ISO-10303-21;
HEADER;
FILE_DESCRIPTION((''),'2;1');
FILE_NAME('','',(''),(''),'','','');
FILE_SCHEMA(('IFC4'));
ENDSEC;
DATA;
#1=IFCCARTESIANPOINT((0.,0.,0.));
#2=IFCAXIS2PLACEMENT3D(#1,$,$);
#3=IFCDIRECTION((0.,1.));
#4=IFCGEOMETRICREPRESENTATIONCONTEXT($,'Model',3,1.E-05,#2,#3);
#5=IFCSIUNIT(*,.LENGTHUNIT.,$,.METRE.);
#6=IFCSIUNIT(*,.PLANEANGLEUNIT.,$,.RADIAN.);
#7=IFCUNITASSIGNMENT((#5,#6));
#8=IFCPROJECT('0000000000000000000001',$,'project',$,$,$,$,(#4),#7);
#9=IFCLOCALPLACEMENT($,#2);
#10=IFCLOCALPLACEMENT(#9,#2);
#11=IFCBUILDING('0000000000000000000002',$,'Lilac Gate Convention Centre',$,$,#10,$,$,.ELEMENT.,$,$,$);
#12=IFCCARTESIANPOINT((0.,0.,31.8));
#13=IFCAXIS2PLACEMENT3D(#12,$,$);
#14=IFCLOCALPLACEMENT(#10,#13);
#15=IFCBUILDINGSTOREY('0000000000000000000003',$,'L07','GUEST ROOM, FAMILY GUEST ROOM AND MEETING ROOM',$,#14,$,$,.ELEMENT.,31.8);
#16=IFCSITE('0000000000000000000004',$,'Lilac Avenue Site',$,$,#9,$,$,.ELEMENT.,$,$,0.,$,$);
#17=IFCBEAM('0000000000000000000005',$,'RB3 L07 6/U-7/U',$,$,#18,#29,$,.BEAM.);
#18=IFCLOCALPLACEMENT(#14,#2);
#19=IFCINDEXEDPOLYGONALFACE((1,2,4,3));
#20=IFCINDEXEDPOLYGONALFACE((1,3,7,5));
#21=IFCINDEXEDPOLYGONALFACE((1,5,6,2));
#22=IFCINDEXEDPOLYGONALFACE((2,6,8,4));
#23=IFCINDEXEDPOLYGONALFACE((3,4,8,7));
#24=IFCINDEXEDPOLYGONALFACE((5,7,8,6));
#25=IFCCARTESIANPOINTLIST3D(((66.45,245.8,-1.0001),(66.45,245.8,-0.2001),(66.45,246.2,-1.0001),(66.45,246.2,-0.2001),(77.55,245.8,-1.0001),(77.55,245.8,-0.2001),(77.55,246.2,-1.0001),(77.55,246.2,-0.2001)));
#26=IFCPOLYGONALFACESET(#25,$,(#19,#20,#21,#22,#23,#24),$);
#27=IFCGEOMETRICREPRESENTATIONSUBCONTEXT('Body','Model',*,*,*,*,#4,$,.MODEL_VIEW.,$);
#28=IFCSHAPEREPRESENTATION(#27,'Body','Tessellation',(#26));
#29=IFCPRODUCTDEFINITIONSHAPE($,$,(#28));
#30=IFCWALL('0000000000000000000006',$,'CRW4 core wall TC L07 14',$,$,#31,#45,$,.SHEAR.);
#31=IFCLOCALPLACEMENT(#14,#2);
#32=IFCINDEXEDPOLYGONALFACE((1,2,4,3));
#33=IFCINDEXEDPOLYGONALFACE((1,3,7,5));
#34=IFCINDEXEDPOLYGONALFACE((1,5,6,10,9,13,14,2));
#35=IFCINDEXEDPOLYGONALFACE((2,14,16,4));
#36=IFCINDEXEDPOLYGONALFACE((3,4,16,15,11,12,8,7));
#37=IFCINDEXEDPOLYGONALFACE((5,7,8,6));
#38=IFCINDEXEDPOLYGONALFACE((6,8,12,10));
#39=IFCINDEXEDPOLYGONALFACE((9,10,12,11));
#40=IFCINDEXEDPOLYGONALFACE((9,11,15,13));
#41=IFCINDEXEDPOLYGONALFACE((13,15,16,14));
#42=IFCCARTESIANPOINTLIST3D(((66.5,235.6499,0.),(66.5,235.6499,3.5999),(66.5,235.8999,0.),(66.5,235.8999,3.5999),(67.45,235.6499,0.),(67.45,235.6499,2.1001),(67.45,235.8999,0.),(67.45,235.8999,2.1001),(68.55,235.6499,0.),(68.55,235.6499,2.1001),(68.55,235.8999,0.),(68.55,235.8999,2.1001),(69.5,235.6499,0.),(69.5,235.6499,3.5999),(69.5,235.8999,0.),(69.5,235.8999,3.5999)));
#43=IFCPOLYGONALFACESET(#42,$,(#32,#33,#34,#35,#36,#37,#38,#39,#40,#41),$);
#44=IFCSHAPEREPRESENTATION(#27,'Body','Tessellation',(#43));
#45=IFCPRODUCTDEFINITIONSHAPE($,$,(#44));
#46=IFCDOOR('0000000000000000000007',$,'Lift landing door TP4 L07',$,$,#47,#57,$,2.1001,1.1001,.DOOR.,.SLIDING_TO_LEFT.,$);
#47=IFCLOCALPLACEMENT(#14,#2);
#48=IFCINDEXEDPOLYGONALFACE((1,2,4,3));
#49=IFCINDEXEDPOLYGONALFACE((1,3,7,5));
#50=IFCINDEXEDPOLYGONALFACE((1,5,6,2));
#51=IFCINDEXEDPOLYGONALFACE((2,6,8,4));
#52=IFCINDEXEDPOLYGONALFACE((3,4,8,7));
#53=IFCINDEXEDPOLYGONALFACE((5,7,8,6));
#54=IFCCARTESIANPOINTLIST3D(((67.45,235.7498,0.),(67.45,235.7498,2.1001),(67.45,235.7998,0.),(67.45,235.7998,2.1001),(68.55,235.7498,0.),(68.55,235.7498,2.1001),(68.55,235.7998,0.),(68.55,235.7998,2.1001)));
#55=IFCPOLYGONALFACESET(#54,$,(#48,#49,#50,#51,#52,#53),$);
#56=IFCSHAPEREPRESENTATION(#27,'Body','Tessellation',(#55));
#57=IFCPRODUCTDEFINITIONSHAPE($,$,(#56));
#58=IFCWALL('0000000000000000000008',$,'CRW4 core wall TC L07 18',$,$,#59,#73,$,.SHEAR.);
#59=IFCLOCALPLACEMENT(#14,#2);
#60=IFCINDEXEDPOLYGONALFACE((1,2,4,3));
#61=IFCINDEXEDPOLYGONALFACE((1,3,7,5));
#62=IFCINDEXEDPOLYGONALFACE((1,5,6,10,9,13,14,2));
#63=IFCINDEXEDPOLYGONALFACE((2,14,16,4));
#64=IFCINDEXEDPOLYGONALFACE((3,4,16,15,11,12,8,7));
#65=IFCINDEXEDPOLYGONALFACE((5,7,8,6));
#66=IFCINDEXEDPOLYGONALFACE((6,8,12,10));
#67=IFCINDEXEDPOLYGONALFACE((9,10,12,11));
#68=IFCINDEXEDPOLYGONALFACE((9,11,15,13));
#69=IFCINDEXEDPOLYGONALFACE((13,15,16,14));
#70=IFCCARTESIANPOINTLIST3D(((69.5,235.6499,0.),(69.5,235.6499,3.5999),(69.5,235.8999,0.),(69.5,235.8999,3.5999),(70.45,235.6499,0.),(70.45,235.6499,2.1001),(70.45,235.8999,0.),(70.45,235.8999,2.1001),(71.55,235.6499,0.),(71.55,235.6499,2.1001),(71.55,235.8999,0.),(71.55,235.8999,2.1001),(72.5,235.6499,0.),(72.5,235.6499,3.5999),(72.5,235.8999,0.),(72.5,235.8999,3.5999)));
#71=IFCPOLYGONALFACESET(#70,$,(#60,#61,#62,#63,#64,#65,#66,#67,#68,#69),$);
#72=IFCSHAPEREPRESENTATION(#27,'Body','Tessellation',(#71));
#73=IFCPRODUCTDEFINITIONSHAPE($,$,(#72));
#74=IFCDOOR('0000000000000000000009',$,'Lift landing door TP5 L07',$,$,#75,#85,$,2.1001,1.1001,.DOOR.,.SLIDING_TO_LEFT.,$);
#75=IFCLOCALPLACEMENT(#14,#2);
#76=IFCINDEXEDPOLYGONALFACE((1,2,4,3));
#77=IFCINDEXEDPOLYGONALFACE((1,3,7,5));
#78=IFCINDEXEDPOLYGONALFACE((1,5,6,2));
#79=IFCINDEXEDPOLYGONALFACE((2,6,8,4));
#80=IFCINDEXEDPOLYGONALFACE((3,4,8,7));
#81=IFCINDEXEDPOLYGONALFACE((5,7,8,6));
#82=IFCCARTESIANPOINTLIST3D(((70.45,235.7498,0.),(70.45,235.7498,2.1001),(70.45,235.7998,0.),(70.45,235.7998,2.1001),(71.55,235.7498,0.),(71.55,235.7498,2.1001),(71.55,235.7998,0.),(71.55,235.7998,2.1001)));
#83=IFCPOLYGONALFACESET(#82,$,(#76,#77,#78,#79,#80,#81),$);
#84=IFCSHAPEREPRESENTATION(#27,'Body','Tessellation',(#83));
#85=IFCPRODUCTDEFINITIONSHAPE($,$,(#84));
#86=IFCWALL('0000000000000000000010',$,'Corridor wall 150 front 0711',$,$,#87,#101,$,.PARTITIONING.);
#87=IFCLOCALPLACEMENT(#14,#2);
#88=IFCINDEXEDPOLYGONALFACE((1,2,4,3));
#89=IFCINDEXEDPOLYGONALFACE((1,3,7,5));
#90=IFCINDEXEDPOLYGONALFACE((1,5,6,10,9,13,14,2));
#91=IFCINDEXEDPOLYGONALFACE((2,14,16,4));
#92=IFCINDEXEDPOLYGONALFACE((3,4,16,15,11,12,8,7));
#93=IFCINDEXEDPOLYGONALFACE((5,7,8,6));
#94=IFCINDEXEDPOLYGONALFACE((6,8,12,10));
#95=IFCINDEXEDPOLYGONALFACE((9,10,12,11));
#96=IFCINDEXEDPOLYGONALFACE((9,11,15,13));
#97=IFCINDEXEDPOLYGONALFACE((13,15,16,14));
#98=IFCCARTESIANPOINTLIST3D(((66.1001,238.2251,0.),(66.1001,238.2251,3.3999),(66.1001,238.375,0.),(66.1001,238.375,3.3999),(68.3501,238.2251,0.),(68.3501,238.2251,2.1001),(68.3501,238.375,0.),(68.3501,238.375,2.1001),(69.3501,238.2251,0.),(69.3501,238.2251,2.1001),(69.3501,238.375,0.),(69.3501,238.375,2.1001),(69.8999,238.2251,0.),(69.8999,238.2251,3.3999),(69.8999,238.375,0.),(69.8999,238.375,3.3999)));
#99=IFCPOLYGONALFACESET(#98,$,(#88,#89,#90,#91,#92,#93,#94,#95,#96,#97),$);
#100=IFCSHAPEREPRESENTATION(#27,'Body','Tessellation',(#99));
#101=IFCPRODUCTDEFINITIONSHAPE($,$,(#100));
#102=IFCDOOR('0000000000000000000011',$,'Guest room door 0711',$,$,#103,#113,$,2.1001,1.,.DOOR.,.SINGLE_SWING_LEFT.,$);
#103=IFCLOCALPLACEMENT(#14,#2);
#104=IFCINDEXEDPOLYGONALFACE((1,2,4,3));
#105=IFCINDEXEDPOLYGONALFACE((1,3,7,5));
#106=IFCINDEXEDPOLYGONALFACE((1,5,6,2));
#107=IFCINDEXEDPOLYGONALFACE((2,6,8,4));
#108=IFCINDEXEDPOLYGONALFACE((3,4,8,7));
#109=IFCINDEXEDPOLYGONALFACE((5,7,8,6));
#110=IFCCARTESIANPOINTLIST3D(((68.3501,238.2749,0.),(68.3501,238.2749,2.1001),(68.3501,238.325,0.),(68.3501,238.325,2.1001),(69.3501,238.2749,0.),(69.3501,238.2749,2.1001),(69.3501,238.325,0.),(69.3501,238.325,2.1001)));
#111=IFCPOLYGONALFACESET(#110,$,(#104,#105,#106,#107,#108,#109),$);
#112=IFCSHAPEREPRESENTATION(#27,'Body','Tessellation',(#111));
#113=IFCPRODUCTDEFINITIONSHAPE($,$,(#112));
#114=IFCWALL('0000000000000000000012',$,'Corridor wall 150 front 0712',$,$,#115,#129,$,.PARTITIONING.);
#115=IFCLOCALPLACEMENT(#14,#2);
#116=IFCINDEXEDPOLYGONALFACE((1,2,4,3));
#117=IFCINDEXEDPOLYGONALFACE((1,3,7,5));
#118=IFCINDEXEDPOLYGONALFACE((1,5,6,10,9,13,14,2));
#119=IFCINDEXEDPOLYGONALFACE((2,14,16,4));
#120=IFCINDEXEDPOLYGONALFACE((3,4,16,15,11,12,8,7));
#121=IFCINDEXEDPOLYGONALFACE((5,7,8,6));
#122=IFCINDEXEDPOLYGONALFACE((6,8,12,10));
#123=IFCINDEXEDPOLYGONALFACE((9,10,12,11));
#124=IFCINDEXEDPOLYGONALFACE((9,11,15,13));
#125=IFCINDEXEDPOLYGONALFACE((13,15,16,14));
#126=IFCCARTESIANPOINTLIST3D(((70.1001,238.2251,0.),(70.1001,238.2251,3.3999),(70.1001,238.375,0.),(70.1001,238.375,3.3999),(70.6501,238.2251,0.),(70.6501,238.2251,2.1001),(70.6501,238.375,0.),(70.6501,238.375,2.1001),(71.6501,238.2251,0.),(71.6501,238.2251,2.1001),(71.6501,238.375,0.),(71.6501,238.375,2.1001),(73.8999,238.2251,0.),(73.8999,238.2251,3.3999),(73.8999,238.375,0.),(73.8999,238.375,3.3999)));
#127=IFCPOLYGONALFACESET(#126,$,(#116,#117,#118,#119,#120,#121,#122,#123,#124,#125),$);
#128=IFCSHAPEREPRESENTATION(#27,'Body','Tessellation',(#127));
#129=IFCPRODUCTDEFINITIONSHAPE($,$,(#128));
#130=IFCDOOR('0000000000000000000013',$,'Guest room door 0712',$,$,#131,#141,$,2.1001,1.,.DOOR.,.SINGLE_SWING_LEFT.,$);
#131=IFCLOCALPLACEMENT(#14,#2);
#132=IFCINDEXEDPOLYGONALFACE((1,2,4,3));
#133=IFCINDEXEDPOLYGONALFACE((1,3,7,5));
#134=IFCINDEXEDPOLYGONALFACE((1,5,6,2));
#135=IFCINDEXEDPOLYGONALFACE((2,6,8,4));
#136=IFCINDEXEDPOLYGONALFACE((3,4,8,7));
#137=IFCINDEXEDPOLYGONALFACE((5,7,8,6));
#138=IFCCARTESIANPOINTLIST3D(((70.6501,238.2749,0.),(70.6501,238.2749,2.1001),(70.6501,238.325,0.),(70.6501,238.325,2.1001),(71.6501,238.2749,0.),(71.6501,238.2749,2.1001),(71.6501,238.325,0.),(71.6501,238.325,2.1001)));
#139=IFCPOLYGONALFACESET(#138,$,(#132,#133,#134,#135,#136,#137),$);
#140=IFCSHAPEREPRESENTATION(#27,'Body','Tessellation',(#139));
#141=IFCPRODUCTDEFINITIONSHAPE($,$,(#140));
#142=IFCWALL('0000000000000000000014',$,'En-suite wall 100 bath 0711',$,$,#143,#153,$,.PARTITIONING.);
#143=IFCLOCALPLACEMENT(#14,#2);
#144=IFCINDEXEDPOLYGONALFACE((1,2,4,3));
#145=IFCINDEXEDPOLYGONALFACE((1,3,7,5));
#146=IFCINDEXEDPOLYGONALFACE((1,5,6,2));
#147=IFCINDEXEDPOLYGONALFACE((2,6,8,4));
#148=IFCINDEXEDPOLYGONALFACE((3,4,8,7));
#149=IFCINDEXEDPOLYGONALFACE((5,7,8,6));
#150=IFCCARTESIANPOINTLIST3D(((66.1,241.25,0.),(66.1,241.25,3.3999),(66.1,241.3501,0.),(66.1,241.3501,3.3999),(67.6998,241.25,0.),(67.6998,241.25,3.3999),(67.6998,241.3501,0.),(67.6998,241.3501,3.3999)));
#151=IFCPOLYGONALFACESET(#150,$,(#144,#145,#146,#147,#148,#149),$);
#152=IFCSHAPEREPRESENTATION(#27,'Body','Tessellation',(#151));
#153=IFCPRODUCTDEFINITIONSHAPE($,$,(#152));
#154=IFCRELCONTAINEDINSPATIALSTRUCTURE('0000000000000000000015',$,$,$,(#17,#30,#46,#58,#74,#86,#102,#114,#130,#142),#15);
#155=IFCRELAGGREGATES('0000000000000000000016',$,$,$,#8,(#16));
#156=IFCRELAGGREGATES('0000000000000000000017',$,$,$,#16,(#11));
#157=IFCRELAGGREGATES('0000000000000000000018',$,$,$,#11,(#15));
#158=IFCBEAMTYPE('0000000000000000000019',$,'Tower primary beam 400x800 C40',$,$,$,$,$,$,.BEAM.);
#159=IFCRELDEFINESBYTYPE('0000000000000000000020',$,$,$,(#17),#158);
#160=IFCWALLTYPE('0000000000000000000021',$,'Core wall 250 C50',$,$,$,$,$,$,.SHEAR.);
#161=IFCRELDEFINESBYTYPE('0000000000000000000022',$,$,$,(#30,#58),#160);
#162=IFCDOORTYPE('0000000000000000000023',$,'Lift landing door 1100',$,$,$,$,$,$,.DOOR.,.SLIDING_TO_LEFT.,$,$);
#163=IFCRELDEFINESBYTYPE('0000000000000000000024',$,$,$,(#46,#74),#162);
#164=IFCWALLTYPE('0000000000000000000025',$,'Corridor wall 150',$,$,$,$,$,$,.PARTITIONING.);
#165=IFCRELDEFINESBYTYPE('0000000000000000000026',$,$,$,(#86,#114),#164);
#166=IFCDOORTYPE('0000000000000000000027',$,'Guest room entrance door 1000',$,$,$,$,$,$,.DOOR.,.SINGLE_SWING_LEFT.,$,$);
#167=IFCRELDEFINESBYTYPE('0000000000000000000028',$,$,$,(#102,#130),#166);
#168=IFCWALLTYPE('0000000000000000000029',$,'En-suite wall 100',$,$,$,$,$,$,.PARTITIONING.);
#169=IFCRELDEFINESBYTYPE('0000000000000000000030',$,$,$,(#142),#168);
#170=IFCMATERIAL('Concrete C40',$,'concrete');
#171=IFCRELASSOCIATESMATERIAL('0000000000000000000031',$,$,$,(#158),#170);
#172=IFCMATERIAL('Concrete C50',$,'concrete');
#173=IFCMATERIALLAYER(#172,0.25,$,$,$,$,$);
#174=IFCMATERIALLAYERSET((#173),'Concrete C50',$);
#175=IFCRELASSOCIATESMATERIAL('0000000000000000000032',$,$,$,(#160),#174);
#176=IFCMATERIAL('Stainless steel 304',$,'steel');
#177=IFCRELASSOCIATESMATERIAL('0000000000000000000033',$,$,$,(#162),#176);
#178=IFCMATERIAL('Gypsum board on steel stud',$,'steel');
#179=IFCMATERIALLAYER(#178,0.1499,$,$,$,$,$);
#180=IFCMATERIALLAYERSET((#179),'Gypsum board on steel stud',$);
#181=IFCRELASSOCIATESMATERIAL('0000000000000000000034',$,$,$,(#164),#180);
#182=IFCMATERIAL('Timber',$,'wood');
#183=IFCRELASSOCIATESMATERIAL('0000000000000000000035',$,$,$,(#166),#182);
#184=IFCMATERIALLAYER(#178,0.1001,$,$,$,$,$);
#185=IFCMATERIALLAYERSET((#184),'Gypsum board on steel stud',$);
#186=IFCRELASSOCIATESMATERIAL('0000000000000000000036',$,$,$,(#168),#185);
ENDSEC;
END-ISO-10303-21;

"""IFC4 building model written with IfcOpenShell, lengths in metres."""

from ifc_helpers import new_model, si_unit, direction, frame, frame_2d, origin, origin_2d, place, context, subcontext, project, spatial, rectangle, extrude, material, layer, layer_set, material_profile, profile_set, type_object, element, fill, save


model = new_model("IFC4")

# Units and contexts
model_context = context("Model", 3, precision=1e-05, world=origin(), true_north=direction((0.0, 1.0)))
body_context = subcontext(model_context, "Body", "Model", "MODEL_VIEW")
ifc_project = project(units=[si_unit("LENGTHUNIT", "METRE"), si_unit("PLANEANGLEUNIT", "RADIAN")], contexts=[model_context])

# Site, building, storey
site_placement = place(None, origin())
site = spatial("IfcSite", under=ifc_project, at=site_placement, Name="Lilac Avenue Site", CompositionType="ELEMENT", RefElevation=0.0)
building_placement = place(site_placement, origin())
building = spatial("IfcBuilding", under=site, at=building_placement, Name="Lilac Gate Convention Centre", CompositionType="ELEMENT")
storey_placement = place(building_placement, frame((0.0, 0.0, 31.8)))
storey = spatial("IfcBuildingStorey", under=building, at=storey_placement, Name="L07", Description="GUEST ROOM, FAMILY GUEST ROOM AND MEETING ROOM", CompositionType="ELEMENT", Elevation=31.8)

# Beam
ifc_material_1 = material(Name="Concrete C40", Category="concrete")
ifc_material_profile = material_profile(ifc_material_1, rectangle(XDim=0.3999, YDim=0.8, at=origin_2d()), Name="RC 400x800")
ifc_profile_set = profile_set([ifc_material_profile], Name="Concrete C40")
beam_type = type_object("IfcBeamType", Name="Tower primary beam 400x800 C40", PredefinedType="BEAM", material=ifc_profile_set)
beam_placement = place(storey_placement, frame((66.45, 246.0, -0.6001), z_axis=(1.0, 0.0, 0.0), x_axis=(0.0, 1.0, 0.0)))
element("IfcBeam", 1, at=beam_placement, inside=storey, type_object=beam_type, Name="RB3 L07 6/U-7/U", PredefinedType="BEAM", context=body_context, shape_type="SweptSolid", body=[
    extrude(rectangle(XDim=0.3999, YDim=0.8, at=origin_2d()), origin(), (0.0, 0.0, 1.0), 11.1001),
])

# Walls, openings, doors
ifc_material_2 = material(Name="Concrete C50", Category="concrete")
ifc_layer_1 = layer(ifc_material_2, 0.25)
ifc_layer_set_1 = layer_set([ifc_layer_1], Name="Concrete C50")
wall_type_1 = type_object("IfcWallType", Name="Core wall 250 C50", PredefinedType="SHEAR", material=ifc_layer_set_1)
wall_1_placement = place(storey_placement, frame((66.5, 235.7749, 0.0), z_axis=(0.0, 0.0, 1.0), x_axis=(1.0, 0.0, 0.0)))
wall_1 = element("IfcWall", 2, at=wall_1_placement, inside=storey, type_object=wall_type_1, Name="CRW4 core wall TC L07 14", PredefinedType="SHEAR", context=body_context, shape_type="SweptSolid", body=[
    extrude(rectangle(XDim=3.0, YDim=0.25, at=frame_2d((1.5, 0.0))), origin(), (0.0, 0.0, 1.0), 3.5999),
])
opening_1_placement = place(wall_1_placement, frame((0.95, 0.0, 0.0)))
opening_1 = element("IfcOpeningElement", 3, at=opening_1_placement, cuts=wall_1, PredefinedType="OPENING", context=body_context, shape_type="SweptSolid", body=[
    extrude(rectangle(XDim=1.1001, YDim=2.1001, at=frame_2d((0.55, 1.05))), frame((0.0, 0.135, 0.0), z_axis=(0.0, -1.0, 0.0), x_axis=(1.0, 0.0, 0.0)), (0.0, 0.0, 1.0), 0.27),
])
ifc_material_3 = material(Name="Stainless steel 304", Category="steel")
door_type_1 = type_object("IfcDoorType", Name="Lift landing door 1100", OperationType="SLIDING_TO_LEFT", PredefinedType="DOOR", material=ifc_material_3)
door_1_placement = place(opening_1_placement, origin())
door_1 = element("IfcDoor", 4, at=door_1_placement, inside=storey, type_object=door_type_1, Name="Lift landing door TP4 L07", OperationType="SLIDING_TO_LEFT", OverallHeight=2.1001, OverallWidth=1.1001, PredefinedType="DOOR", context=body_context, shape_type="SweptSolid", body=[
    extrude(rectangle(XDim=1.1001, YDim=2.1001, at=frame_2d((0.55, 1.05))), frame((0.0, 0.0249, 0.0), z_axis=(0.0, -1.0, 0.0), x_axis=(1.0, 0.0, 0.0)), (0.0, 0.0, 1.0), 0.05),
])
fill(opening_1, door_1)
wall_2_placement = place(storey_placement, frame((69.5, 235.7749, 0.0), z_axis=(0.0, 0.0, 1.0), x_axis=(1.0, 0.0, 0.0)))
wall_2 = element("IfcWall", 5, at=wall_2_placement, inside=storey, type_object=wall_type_1, Name="CRW4 core wall TC L07 18", PredefinedType="SHEAR", context=body_context, shape_type="SweptSolid", body=[
    extrude(rectangle(XDim=3.0, YDim=0.25, at=frame_2d((1.5, 0.0))), origin(), (0.0, 0.0, 1.0), 3.5999),
])
opening_2_placement = place(wall_2_placement, frame((0.95, 0.0, 0.0)))
opening_2 = element("IfcOpeningElement", 6, at=opening_2_placement, cuts=wall_2, PredefinedType="OPENING", context=body_context, shape_type="SweptSolid", body=[
    extrude(rectangle(XDim=1.1001, YDim=2.1001, at=frame_2d((0.55, 1.05))), frame((0.0, 0.135, 0.0), z_axis=(0.0, -1.0, 0.0), x_axis=(1.0, 0.0, 0.0)), (0.0, 0.0, 1.0), 0.27),
])
door_2_placement = place(opening_2_placement, origin())
door_2 = element("IfcDoor", 7, at=door_2_placement, inside=storey, type_object=door_type_1, Name="Lift landing door TP5 L07", OperationType="SLIDING_TO_LEFT", OverallHeight=2.1001, OverallWidth=1.1001, PredefinedType="DOOR", context=body_context, shape_type="SweptSolid", body=[
    extrude(rectangle(XDim=1.1001, YDim=2.1001, at=frame_2d((0.55, 1.05))), frame((0.0, 0.0249, 0.0), z_axis=(0.0, -1.0, 0.0), x_axis=(1.0, 0.0, 0.0)), (0.0, 0.0, 1.0), 0.05),
])
fill(opening_2, door_2)
ifc_material_4 = material(Name="Gypsum board on steel stud", Category="steel")
ifc_layer_2 = layer(ifc_material_4, 0.1499)
ifc_layer_set_2 = layer_set([ifc_layer_2], Name="Gypsum board on steel stud")
wall_type_2 = type_object("IfcWallType", Name="Corridor wall 150", PredefinedType="PARTITIONING", material=ifc_layer_set_2)
wall_3_placement = place(storey_placement, frame((66.1001, 238.3, 0.0), z_axis=(0.0, 0.0, 1.0), x_axis=(1.0, 0.0, 0.0)))
wall_3 = element("IfcWall", 8, at=wall_3_placement, inside=storey, type_object=wall_type_2, Name="Corridor wall 150 front 0711", PredefinedType="PARTITIONING", context=body_context, shape_type="SweptSolid", body=[
    extrude(rectangle(XDim=3.7998, YDim=0.1499, at=frame_2d((1.8999, 0.0))), origin(), (0.0, 0.0, 1.0), 3.3999),
])
opening_3_placement = place(wall_3_placement, frame((2.25, 0.0, 0.0)))
opening_3 = element("IfcOpeningElement", 9, at=opening_3_placement, cuts=wall_3, PredefinedType="OPENING", context=body_context, shape_type="SweptSolid", body=[
    extrude(rectangle(XDim=1.0, YDim=2.1001, at=frame_2d((0.5, 1.05))), frame((0.0, 0.085, 0.0), z_axis=(0.0, -1.0, 0.0), x_axis=(1.0, 0.0, 0.0)), (0.0, 0.0, 1.0), 0.1699),
])
ifc_material_5 = material(Name="Timber", Category="wood")
door_type_2 = type_object("IfcDoorType", Name="Guest room entrance door 1000", OperationType="SINGLE_SWING_LEFT", PredefinedType="DOOR", material=ifc_material_5)
door_3_placement = place(opening_3_placement, origin())
door_3 = element("IfcDoor", 10, at=door_3_placement, inside=storey, type_object=door_type_2, Name="Guest room door 0711", OperationType="SINGLE_SWING_LEFT", OverallHeight=2.1001, OverallWidth=1.0, PredefinedType="DOOR", context=body_context, shape_type="SweptSolid", body=[
    extrude(rectangle(XDim=1.0, YDim=2.1001, at=frame_2d((0.5, 1.05))), frame((0.0, 0.0249, 0.0), z_axis=(0.0, -1.0, 0.0), x_axis=(1.0, 0.0, 0.0)), (0.0, 0.0, 1.0), 0.05),
])
fill(opening_3, door_3)
wall_4_placement = place(storey_placement, frame((70.1001, 238.3, 0.0), z_axis=(0.0, 0.0, 1.0), x_axis=(1.0, 0.0, 0.0)))
wall_4 = element("IfcWall", 11, at=wall_4_placement, inside=storey, type_object=wall_type_2, Name="Corridor wall 150 front 0712", PredefinedType="PARTITIONING", context=body_context, shape_type="SweptSolid", body=[
    extrude(rectangle(XDim=3.7998, YDim=0.1499, at=frame_2d((1.8999, 0.0))), origin(), (0.0, 0.0, 1.0), 3.3999),
])
opening_4_placement = place(wall_4_placement, frame((0.55, 0.0, 0.0)))
opening_4 = element("IfcOpeningElement", 12, at=opening_4_placement, cuts=wall_4, PredefinedType="OPENING", context=body_context, shape_type="SweptSolid", body=[
    extrude(rectangle(XDim=1.0, YDim=2.1001, at=frame_2d((0.5, 1.05))), frame((0.0, 0.085, 0.0), z_axis=(0.0, -1.0, 0.0), x_axis=(1.0, 0.0, 0.0)), (0.0, 0.0, 1.0), 0.1699),
])
door_4_placement = place(opening_4_placement, origin())
door_4 = element("IfcDoor", 13, at=door_4_placement, inside=storey, type_object=door_type_2, Name="Guest room door 0712", OperationType="SINGLE_SWING_LEFT", OverallHeight=2.1001, OverallWidth=1.0, PredefinedType="DOOR", context=body_context, shape_type="SweptSolid", body=[
    extrude(rectangle(XDim=1.0, YDim=2.1001, at=frame_2d((0.5, 1.05))), frame((0.0, 0.0249, 0.0), z_axis=(0.0, -1.0, 0.0), x_axis=(1.0, 0.0, 0.0)), (0.0, 0.0, 1.0), 0.05),
])
fill(opening_4, door_4)

# Wall
ifc_layer_3 = layer(ifc_material_4, 0.1001)
ifc_layer_set_3 = layer_set([ifc_layer_3], Name="Gypsum board on steel stud")
wall_type_3 = type_object("IfcWallType", Name="En-suite wall 100", PredefinedType="PARTITIONING", material=ifc_layer_set_3)
wall_5_placement = place(storey_placement, frame((66.1001, 241.3, 0.0), z_axis=(0.0, 0.0, 1.0), x_axis=(1.0, 0.0, 0.0)))
element("IfcWall", 14, at=wall_5_placement, inside=storey, type_object=wall_type_3, Name="En-suite wall 100 bath 0711", PredefinedType="PARTITIONING", context=body_context, shape_type="SweptSolid", body=[
    extrude(rectangle(XDim=1.5999, YDim=0.1001, at=frame_2d((0.7998, 0.0))), origin(), (0.0, 0.0, 1.0), 3.3999),
])

save(model, "model.ifc")
